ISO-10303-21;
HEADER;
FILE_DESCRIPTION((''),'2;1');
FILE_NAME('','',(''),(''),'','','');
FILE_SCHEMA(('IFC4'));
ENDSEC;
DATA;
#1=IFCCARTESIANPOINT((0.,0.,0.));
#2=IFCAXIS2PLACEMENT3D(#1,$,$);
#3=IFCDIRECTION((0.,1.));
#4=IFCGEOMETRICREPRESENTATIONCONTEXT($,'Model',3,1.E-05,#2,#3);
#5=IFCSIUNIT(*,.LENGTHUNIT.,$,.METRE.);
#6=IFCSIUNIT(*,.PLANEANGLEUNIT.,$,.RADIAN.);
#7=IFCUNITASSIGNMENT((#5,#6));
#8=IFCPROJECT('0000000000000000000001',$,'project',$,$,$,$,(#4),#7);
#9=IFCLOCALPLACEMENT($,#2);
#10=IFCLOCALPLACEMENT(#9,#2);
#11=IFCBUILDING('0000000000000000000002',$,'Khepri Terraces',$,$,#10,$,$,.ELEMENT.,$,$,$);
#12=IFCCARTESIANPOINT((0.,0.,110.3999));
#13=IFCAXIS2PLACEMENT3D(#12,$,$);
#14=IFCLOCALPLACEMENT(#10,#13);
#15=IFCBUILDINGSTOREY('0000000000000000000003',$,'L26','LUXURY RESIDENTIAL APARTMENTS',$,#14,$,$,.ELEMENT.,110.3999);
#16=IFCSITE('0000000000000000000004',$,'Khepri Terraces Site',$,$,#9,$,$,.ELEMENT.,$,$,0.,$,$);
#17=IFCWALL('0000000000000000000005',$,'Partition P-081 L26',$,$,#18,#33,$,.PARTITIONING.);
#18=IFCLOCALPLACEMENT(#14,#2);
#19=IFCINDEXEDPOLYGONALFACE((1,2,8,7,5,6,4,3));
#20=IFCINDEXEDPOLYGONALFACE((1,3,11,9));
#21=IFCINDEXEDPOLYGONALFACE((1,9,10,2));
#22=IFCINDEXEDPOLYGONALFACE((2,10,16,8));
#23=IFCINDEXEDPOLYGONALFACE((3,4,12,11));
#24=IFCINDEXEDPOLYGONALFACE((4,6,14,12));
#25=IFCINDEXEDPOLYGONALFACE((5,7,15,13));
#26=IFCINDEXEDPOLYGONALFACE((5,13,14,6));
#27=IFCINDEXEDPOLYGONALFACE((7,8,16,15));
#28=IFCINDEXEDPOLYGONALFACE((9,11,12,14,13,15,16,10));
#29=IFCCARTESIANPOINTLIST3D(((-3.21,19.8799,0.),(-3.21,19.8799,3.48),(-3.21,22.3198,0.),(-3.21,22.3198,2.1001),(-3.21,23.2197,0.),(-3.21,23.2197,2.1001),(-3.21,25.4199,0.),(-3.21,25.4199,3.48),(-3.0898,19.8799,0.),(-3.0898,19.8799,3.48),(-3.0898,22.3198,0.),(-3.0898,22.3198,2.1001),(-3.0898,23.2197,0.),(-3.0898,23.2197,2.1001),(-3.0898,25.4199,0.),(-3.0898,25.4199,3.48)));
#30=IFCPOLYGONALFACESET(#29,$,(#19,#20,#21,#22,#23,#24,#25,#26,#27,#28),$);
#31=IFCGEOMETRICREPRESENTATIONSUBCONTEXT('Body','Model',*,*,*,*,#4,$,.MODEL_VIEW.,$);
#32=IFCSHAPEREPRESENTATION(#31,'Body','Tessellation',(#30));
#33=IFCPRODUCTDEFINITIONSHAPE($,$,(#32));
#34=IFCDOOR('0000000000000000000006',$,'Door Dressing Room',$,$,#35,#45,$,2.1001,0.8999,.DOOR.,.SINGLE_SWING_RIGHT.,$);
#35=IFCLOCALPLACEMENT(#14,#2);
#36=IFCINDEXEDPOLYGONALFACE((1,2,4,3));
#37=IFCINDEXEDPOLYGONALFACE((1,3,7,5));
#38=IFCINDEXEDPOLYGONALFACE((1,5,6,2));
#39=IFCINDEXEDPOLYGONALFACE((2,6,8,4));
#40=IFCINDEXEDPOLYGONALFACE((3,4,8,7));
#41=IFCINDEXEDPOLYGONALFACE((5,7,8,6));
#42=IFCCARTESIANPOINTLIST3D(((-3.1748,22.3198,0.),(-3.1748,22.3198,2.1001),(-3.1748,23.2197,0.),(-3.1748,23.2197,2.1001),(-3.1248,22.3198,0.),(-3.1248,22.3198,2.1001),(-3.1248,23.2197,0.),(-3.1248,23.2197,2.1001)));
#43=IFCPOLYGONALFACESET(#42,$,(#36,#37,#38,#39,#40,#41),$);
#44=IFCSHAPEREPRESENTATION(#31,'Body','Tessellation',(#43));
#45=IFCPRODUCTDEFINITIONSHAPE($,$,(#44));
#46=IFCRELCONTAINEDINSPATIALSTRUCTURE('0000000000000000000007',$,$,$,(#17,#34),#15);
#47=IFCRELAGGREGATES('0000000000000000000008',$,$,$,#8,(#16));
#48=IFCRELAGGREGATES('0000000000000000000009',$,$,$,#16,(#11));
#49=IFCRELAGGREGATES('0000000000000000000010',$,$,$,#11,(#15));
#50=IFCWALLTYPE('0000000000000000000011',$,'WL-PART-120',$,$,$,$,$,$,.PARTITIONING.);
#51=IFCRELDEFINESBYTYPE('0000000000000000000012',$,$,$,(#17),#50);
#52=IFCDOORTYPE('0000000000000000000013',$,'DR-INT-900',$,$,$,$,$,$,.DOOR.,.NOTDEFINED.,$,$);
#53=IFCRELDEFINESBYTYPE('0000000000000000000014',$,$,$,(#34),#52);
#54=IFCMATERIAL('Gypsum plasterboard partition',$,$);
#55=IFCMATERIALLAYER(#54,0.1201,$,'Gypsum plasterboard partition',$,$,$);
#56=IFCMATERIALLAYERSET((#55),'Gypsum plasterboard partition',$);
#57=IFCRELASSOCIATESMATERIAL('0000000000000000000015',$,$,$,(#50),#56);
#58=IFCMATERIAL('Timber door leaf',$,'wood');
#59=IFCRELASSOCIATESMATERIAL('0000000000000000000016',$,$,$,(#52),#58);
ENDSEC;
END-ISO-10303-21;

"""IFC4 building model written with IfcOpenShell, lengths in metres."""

from ifc_helpers import new_model, si_unit, direction, frame, frame_2d, origin, place, context, subcontext, project, spatial, rectangle, extrude, material, layer, layer_set, type_object, element, fill, save


model = new_model("IFC4")

# Units and contexts
model_context = context("Model", 3, precision=1e-05, world=origin(), true_north=direction((0.0, 1.0)))
body_context = subcontext(model_context, "Body", "Model", "MODEL_VIEW")
ifc_project = project(units=[si_unit("LENGTHUNIT", "METRE"), si_unit("PLANEANGLEUNIT", "RADIAN")], contexts=[model_context])

# Site, building, storey
site_placement = place(None, origin())
site = spatial("IfcSite", under=ifc_project, at=site_placement, Name="Khepri Terraces Site", CompositionType="ELEMENT", RefElevation=0.0)
building_placement = place(site_placement, origin())
building = spatial("IfcBuilding", under=site, at=building_placement, Name="Khepri Terraces", CompositionType="ELEMENT")
storey_placement = place(building_placement, frame((0.0, 0.0, 110.3999)))
storey = spatial("IfcBuildingStorey", under=building, at=storey_placement, Name="L26", Description="LUXURY RESIDENTIAL APARTMENTS", CompositionType="ELEMENT", Elevation=110.3999)

# Shared definitions
ifc_material_1 = material(Name="Gypsum plasterboard partition")
ifc_layer_1 = layer(ifc_material_1, 0.1201, Name="Gypsum plasterboard partition")
ifc_layer_set_1 = layer_set([ifc_layer_1], Name="Gypsum plasterboard partition")
wall_type_1 = type_object("IfcWallType", Name="WL-PART-120", PredefinedType="PARTITIONING", material=ifc_layer_set_1)

# Wall, opening, door
wall_1_placement = place(storey_placement, frame((-3.1499, 19.8799, 0.0), z_axis=(0.0, 0.0, 1.0), x_axis=(0.0, 1.0, 0.0)))
wall_1 = element("IfcWall", 1, at=wall_1_placement, inside=storey, type_object=wall_type_1, Name="Partition P-081 L26", PredefinedType="PARTITIONING", context=body_context, shape_type="SweptSolid", body=[
    extrude(rectangle(XDim=5.54, YDim=0.1201, at=frame_2d((2.77, 0.0))), origin(), (0.0, 0.0, 1.0), 3.48),
])
opening_1_placement = place(wall_1_placement, frame((2.4399, 0.0, 0.0)))
opening_1 = element("IfcOpeningElement", 2, at=opening_1_placement, cuts=wall_1, PredefinedType="OPENING", context=body_context, shape_type="SweptSolid", body=[
    extrude(rectangle(XDim=0.8999, YDim=2.1001, at=frame_2d((0.45, 1.05))), frame((0.0, 0.0701, 0.0), z_axis=(0.0, -1.0, 0.0), x_axis=(1.0, 0.0, 0.0)), (0.0, 0.0, 1.0), 0.1401),
])
ifc_material_2 = material(Name="Timber door leaf", Category="wood")
door_type_1 = type_object("IfcDoorType", Name="DR-INT-900", OperationType="NOTDEFINED", PredefinedType="DOOR", material=ifc_material_2)
door_1_placement = place(opening_1_placement, origin())
door_1 = element("IfcDoor", 3, at=door_1_placement, inside=storey, type_object=door_type_1, Name="Door Dressing Room", OperationType="SINGLE_SWING_RIGHT", OverallHeight=2.1001, OverallWidth=0.8999, PredefinedType="DOOR", context=body_context, shape_type="SweptSolid", body=[
    extrude(rectangle(XDim=0.8999, YDim=2.1001, at=frame_2d((0.45, 1.05))), frame((0.0, 0.0249, 0.0), z_axis=(0.0, -1.0, 0.0), x_axis=(1.0, 0.0, 0.0)), (0.0, 0.0, 1.0), 0.05),
])
fill(opening_1, door_1)

save(model, "model.ifc")
